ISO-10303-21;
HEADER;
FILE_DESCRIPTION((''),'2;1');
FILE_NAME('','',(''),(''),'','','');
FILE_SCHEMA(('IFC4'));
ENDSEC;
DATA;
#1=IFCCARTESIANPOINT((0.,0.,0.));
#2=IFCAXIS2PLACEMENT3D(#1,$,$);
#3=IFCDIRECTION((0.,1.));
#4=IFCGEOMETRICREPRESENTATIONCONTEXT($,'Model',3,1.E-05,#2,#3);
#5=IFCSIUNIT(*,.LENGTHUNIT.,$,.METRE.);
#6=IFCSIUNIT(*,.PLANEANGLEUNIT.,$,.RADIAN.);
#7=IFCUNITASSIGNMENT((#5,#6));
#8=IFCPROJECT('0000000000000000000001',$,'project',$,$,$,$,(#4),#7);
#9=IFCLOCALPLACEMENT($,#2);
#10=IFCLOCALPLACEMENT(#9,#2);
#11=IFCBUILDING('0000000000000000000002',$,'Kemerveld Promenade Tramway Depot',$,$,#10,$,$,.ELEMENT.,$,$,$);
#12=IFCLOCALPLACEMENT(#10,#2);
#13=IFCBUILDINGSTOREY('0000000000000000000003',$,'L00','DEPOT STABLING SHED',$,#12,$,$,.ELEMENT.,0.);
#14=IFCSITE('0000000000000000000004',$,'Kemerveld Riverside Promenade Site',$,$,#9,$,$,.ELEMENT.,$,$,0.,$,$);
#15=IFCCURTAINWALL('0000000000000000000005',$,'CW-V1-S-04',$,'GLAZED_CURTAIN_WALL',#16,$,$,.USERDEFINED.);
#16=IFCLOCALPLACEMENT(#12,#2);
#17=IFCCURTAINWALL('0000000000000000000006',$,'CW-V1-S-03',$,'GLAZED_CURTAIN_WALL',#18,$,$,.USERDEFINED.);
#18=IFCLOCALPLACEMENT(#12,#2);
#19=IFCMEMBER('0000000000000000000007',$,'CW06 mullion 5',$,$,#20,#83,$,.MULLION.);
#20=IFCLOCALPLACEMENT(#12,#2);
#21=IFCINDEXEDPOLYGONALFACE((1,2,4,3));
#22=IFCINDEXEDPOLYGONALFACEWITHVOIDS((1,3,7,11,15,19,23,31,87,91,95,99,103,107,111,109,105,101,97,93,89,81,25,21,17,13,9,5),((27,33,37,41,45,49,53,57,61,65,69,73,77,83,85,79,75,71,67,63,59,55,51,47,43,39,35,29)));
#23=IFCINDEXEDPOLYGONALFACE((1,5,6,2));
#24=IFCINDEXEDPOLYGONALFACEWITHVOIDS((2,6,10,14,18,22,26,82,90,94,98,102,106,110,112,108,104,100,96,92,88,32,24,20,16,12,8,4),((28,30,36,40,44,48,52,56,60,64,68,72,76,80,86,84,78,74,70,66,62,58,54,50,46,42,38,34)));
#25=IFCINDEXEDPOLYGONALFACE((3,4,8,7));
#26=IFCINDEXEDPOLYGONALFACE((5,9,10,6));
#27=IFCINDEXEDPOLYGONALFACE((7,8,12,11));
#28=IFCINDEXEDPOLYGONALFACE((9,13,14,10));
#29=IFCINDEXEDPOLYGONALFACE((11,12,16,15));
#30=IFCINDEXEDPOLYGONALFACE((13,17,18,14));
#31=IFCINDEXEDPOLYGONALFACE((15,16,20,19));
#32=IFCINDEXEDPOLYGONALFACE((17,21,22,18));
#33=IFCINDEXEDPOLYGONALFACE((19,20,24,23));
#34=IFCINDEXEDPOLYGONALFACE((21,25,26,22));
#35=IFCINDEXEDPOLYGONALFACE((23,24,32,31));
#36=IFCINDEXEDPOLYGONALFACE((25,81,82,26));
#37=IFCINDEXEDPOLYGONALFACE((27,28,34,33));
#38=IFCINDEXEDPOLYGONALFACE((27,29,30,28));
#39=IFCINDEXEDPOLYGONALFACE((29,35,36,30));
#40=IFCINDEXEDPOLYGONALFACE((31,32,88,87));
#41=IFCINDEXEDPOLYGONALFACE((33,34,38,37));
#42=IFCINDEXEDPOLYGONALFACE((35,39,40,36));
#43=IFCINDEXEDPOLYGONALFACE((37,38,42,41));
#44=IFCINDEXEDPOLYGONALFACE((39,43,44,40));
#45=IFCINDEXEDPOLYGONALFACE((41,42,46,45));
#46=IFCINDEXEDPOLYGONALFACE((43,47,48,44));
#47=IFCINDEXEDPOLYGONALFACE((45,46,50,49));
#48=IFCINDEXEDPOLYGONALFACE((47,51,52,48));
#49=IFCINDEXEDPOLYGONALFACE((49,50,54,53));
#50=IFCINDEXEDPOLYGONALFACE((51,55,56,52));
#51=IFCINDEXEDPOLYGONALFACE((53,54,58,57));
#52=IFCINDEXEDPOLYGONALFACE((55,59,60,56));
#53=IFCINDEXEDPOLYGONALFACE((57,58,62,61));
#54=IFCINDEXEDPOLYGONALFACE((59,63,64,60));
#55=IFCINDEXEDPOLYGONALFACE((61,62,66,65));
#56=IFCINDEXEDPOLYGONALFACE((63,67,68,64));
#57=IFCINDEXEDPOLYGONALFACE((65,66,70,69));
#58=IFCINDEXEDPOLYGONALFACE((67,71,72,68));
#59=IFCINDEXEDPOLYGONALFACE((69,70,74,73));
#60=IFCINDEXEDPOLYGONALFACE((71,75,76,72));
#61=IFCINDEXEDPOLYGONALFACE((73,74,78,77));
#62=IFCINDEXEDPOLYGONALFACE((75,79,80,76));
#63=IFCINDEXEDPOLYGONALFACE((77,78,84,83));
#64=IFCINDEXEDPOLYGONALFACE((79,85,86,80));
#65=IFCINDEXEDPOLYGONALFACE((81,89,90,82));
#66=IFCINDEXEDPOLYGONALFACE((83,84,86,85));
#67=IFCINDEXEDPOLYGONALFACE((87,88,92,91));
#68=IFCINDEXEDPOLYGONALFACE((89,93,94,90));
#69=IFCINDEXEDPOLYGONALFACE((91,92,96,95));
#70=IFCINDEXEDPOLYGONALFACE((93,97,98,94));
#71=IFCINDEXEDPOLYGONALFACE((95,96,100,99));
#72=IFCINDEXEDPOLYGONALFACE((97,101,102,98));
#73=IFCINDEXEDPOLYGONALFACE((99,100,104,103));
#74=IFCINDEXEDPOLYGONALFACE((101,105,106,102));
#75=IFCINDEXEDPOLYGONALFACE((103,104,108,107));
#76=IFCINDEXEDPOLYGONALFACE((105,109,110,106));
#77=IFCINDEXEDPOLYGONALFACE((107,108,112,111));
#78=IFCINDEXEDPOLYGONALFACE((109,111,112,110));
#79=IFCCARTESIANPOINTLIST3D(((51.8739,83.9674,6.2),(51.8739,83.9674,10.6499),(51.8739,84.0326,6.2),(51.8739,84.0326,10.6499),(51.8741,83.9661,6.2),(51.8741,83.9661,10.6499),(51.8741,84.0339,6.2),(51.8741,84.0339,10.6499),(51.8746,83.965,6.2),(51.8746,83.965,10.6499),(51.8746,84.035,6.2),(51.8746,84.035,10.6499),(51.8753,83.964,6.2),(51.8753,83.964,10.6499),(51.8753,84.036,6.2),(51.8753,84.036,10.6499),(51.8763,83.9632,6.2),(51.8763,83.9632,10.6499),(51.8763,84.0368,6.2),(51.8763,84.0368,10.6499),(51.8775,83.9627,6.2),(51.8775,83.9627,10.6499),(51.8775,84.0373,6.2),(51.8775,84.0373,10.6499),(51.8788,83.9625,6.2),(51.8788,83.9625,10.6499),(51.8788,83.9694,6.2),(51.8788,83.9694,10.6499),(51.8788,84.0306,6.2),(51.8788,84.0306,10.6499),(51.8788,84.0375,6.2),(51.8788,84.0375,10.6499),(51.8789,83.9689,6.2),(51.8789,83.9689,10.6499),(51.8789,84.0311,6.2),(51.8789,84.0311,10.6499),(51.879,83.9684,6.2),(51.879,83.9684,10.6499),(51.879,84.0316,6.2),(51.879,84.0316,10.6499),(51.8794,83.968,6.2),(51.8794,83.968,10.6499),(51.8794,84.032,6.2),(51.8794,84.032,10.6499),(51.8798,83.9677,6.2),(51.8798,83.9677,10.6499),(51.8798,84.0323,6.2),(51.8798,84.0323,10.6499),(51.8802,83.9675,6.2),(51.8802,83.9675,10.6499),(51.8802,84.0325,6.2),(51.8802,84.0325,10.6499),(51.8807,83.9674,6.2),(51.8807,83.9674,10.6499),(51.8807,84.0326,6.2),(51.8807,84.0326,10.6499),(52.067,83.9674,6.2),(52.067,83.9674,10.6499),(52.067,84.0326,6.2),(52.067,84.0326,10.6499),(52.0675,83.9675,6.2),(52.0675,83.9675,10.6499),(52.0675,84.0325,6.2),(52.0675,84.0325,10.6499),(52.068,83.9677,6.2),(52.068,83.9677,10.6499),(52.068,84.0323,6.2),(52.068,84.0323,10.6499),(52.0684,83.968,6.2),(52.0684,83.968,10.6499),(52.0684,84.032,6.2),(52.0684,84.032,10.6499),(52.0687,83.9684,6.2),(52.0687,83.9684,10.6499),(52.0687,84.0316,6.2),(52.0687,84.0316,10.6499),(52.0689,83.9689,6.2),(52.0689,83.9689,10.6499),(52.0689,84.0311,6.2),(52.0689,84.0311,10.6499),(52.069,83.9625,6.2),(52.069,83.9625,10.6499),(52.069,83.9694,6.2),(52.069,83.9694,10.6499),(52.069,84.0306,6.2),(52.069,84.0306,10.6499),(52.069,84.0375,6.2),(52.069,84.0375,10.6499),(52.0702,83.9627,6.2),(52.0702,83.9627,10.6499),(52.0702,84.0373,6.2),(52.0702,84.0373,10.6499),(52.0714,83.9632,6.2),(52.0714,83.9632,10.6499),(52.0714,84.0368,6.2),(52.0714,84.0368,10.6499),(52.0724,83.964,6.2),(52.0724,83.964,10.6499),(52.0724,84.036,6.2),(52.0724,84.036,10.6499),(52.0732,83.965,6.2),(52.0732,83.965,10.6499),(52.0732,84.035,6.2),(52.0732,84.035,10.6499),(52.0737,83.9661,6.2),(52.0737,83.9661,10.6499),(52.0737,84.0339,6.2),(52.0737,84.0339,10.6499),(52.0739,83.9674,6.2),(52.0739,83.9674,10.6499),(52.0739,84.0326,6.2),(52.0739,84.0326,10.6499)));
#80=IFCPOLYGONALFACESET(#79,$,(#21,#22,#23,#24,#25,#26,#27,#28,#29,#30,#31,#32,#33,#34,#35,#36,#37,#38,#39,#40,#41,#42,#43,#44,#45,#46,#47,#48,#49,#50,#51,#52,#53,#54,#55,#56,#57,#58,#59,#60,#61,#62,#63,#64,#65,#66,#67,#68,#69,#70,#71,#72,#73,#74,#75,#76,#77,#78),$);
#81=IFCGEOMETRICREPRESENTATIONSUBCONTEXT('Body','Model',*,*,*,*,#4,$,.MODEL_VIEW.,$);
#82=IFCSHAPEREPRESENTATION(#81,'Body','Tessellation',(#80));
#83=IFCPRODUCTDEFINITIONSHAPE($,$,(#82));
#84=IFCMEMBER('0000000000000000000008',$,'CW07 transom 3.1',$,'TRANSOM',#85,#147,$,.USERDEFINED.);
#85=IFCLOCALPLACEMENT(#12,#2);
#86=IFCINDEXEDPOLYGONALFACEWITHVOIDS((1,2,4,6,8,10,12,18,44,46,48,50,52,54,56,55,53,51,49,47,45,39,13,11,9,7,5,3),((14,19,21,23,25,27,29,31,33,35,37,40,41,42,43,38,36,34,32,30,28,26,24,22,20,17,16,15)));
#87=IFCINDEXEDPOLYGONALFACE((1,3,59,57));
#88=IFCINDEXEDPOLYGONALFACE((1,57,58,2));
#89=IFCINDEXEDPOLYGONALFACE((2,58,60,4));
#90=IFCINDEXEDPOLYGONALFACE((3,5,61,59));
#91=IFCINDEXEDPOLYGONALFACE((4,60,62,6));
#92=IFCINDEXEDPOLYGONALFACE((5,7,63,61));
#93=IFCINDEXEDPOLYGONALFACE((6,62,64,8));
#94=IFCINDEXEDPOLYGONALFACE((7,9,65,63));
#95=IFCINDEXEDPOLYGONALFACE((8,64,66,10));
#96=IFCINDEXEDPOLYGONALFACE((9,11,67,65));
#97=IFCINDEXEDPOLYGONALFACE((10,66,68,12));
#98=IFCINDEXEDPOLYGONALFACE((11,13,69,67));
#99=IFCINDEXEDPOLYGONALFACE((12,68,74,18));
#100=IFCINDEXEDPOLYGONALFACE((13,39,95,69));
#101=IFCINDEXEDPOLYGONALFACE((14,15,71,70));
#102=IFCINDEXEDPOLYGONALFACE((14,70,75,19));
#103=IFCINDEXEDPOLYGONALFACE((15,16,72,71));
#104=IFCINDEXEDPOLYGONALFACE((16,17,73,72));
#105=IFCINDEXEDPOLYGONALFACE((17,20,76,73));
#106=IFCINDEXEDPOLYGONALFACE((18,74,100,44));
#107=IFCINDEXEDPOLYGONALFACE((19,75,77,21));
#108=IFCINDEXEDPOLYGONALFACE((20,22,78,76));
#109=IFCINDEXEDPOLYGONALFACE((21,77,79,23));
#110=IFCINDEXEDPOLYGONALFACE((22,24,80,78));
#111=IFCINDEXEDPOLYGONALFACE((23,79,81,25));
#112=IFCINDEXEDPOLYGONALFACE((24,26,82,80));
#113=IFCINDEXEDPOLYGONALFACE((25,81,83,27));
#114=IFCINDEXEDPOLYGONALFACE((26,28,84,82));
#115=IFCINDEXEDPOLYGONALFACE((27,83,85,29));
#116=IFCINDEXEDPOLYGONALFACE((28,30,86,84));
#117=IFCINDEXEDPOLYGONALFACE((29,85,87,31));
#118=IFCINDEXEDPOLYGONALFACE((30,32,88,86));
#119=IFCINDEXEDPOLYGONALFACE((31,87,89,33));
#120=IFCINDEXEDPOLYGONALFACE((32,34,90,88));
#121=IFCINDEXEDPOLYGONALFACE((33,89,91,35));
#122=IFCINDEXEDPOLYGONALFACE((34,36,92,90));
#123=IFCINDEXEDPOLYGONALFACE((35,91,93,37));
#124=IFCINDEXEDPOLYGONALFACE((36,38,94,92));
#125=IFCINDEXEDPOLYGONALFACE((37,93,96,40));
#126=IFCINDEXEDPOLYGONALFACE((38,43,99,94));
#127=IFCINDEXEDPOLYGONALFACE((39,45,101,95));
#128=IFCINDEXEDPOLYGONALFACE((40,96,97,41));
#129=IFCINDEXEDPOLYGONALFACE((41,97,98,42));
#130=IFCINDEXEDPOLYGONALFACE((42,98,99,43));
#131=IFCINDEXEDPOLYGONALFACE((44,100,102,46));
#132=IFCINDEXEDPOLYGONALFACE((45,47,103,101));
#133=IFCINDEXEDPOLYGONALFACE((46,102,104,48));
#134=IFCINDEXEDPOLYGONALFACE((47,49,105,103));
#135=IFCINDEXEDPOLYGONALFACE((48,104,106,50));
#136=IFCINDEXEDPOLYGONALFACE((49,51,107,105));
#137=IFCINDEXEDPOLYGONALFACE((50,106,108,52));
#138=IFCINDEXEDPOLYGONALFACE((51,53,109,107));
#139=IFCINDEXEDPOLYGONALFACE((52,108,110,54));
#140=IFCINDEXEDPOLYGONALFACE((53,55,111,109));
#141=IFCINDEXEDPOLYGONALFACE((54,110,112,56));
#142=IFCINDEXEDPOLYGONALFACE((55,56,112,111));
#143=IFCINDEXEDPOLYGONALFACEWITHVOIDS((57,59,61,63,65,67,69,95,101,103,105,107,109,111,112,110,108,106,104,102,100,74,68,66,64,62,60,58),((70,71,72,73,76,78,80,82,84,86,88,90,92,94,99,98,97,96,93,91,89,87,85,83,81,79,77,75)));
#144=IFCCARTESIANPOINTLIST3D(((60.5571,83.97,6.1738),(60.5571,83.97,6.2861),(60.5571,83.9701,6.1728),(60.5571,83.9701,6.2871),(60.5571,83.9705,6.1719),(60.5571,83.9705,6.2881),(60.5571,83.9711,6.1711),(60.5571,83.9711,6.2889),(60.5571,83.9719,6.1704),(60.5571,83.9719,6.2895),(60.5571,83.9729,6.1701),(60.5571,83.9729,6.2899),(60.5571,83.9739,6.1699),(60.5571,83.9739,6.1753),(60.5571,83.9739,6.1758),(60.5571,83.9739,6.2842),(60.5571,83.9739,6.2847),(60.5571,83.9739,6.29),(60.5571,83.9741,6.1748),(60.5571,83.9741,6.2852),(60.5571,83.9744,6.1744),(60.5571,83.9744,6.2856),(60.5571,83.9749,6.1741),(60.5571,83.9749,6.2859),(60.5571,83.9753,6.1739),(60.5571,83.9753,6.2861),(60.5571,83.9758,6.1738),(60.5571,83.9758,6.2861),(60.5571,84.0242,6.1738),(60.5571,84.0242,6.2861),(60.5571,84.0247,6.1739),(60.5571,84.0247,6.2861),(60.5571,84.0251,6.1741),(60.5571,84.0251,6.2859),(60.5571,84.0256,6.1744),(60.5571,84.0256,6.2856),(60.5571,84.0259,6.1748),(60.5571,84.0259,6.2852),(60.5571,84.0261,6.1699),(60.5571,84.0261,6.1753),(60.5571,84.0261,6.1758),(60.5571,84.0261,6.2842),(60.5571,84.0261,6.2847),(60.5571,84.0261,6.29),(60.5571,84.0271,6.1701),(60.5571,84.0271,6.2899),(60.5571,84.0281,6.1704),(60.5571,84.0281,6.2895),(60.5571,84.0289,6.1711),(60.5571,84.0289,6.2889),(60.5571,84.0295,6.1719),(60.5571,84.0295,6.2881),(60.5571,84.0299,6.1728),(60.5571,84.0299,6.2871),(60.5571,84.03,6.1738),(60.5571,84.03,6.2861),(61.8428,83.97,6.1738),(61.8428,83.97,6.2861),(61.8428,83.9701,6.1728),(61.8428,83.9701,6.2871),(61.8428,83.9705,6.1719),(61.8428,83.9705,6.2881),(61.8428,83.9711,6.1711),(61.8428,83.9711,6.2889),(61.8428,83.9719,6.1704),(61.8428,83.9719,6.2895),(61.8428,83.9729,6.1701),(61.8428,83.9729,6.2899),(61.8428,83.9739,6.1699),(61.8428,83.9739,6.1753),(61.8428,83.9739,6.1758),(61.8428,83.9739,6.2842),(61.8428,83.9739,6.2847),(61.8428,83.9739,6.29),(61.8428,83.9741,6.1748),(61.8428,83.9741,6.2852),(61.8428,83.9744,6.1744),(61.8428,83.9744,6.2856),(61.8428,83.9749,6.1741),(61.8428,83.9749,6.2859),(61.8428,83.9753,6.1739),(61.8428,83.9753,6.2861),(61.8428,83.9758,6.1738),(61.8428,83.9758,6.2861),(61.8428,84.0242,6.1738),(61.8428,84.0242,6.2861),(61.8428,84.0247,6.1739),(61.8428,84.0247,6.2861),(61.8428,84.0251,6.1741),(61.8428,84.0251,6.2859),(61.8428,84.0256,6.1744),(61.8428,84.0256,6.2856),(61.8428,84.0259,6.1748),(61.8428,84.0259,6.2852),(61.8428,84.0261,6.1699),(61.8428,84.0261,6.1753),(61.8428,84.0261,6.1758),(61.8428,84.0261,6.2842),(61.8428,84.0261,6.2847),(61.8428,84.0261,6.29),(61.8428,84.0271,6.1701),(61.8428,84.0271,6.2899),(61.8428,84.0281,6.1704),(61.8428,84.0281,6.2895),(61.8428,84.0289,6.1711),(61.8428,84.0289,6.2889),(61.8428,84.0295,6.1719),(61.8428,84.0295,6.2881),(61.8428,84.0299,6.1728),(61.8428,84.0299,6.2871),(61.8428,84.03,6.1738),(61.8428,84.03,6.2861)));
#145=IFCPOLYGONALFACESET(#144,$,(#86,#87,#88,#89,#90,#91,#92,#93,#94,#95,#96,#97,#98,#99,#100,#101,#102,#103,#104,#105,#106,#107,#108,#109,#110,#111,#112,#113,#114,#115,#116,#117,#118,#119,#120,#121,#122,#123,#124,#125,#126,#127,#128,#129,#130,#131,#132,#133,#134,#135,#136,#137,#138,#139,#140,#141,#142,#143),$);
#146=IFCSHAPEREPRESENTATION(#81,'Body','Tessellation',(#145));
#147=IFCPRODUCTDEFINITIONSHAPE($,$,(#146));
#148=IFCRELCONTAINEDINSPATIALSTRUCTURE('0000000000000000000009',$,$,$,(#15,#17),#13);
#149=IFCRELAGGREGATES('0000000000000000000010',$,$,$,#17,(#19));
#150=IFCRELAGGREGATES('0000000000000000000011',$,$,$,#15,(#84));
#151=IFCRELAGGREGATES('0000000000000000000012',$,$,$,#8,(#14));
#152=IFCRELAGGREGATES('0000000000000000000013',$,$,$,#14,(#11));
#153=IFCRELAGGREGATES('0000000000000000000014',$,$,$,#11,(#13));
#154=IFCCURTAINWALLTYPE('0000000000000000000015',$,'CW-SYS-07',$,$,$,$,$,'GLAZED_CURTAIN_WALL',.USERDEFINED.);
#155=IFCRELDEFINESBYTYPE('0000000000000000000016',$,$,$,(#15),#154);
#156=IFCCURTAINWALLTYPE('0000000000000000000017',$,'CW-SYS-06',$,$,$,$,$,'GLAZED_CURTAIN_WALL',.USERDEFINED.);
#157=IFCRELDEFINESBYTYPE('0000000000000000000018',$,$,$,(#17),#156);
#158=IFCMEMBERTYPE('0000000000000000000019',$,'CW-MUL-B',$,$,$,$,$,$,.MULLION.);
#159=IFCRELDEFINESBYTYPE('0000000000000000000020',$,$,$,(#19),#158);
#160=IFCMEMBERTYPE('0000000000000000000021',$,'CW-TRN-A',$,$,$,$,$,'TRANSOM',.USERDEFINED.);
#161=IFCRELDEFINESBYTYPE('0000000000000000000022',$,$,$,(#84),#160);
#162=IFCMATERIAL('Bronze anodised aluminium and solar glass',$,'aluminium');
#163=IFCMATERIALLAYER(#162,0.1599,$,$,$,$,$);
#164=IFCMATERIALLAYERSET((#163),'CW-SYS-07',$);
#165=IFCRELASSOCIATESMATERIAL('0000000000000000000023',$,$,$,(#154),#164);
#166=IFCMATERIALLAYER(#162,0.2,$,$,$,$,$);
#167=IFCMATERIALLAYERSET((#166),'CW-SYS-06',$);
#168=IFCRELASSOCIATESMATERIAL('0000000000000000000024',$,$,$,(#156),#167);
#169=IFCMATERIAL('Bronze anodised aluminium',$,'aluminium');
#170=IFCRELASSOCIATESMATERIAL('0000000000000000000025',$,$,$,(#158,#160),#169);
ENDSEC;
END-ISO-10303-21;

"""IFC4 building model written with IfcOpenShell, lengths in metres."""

from ifc_helpers import new_model, si_unit, direction, frame, origin, origin_2d, place, context, subcontext, project, spatial, hollow_rectangle, extrude, material, layer, layer_set, material_profile, profile_set, type_object, element, aggregate, save


model = new_model("IFC4")

# Units and contexts
model_context = context("Model", 3, precision=1e-05, world=origin(), true_north=direction((0.0, 1.0)))
body_context = subcontext(model_context, "Body", "Model", "MODEL_VIEW")
ifc_project = project(units=[si_unit("LENGTHUNIT", "METRE"), si_unit("PLANEANGLEUNIT", "RADIAN")], contexts=[model_context])

# Site, building, storey
site_placement = place(None, origin())
site = spatial("IfcSite", under=ifc_project, at=site_placement, Name="Kemerveld Riverside Promenade Site", CompositionType="ELEMENT", RefElevation=0.0)
building_placement = place(site_placement, origin())
building = spatial("IfcBuilding", under=site, at=building_placement, Name="Kemerveld Promenade Tramway Depot", CompositionType="ELEMENT")
storey_placement = place(building_placement, origin())
storey = spatial("IfcBuildingStorey", under=building, at=storey_placement, Name="L00", Description="DEPOT STABLING SHED", CompositionType="ELEMENT", Elevation=0.0)

# Curtain walls, member
ifc_material_1 = material(Name="Bronze anodised aluminium and solar glass", Category="aluminium")
ifc_layer_1 = layer(ifc_material_1, 0.1599)
ifc_layer_set_1 = layer_set([ifc_layer_1], Name="CW-SYS-07")
curtain_wall_type_1 = type_object("IfcCurtainWallType", Name="CW-SYS-07", ElementType="GLAZED_CURTAIN_WALL", PredefinedType="USERDEFINED", material=ifc_layer_set_1)
curtain_wall_1_placement = place(storey_placement, origin())
curtain_wall_1 = element("IfcCurtainWall", 1, at=curtain_wall_1_placement, inside=storey, type_object=curtain_wall_type_1, Name="CW-V1-S-04", ObjectType="GLAZED_CURTAIN_WALL", PredefinedType="USERDEFINED")
ifc_material_2 = material(Name="Bronze anodised aluminium", Category="aluminium")
ifc_layer_2 = layer(ifc_material_1, 0.2)
ifc_layer_set_2 = layer_set([ifc_layer_2], Name="CW-SYS-06")
curtain_wall_type_2 = type_object("IfcCurtainWallType", Name="CW-SYS-06", ElementType="GLAZED_CURTAIN_WALL", PredefinedType="USERDEFINED", material=ifc_layer_set_2)
curtain_wall_2_placement = place(storey_placement, origin())
curtain_wall_2 = element("IfcCurtainWall", 2, at=curtain_wall_2_placement, inside=storey, type_object=curtain_wall_type_2, Name="CW-V1-S-03", ObjectType="GLAZED_CURTAIN_WALL", PredefinedType="USERDEFINED")
ifc_material_profile_1 = material_profile(ifc_material_2, hollow_rectangle(XDim=0.075, YDim=0.2, WallThickness=0.0049, InnerFilletRadius=0.002, OuterFilletRadius=0.0049, at=origin_2d()), Name="CW-MUL-200x75")
ifc_profile_set_1 = profile_set([ifc_material_profile_1], Name="Bronze anodised aluminium")
member_type_1 = type_object("IfcMemberType", Name="CW-MUL-B", PredefinedType="MULLION", material=ifc_profile_set_1)
member_1_placement = place(storey_placement, frame((51.9739, 84.0, 6.2), z_axis=(0.0, 0.0, 1.0), x_axis=(0.0, -1.0, 0.0)))
member_1 = element("IfcMember", 3, at=member_1_placement, type_object=member_type_1, Name="CW06 mullion 5", PredefinedType="MULLION", context=body_context, shape_type="SweptSolid", body=[
    extrude(hollow_rectangle(XDim=0.075, YDim=0.2, WallThickness=0.0049, InnerFilletRadius=0.002, OuterFilletRadius=0.0049, at=origin_2d()), origin(), (0.0, 0.0, 1.0), 4.45),
])

# Member
ifc_material_profile_2 = material_profile(ifc_material_2, hollow_rectangle(XDim=0.0601, YDim=0.1201, WallThickness=0.0039, InnerFilletRadius=0.002, OuterFilletRadius=0.0039, at=origin_2d()), Name="CW-TRN-120x60")
ifc_profile_set_2 = profile_set([ifc_material_profile_2], Name="Bronze anodised aluminium")
member_type_2 = type_object("IfcMemberType", Name="CW-TRN-A", ElementType="TRANSOM", PredefinedType="USERDEFINED", material=ifc_profile_set_2)
member_2_placement = place(storey_placement, frame((61.8428, 84.0, 6.23), z_axis=(-1.0, 0.0, 0.0), x_axis=(0.0, -1.0, 0.0)))
member_2 = element("IfcMember", 4, at=member_2_placement, type_object=member_type_2, Name="CW07 transom 3.1", ObjectType="TRANSOM", PredefinedType="USERDEFINED", context=body_context, shape_type="SweptSolid", body=[
    extrude(hollow_rectangle(XDim=0.0601, YDim=0.1201, WallThickness=0.0039, InnerFilletRadius=0.002, OuterFilletRadius=0.0039, at=origin_2d()), origin(), (0.0, 0.0, 1.0), 1.2856),
])

aggregate(curtain_wall_2, [member_1])
aggregate(curtain_wall_1, [member_2])

save(model, "model.ifc")
